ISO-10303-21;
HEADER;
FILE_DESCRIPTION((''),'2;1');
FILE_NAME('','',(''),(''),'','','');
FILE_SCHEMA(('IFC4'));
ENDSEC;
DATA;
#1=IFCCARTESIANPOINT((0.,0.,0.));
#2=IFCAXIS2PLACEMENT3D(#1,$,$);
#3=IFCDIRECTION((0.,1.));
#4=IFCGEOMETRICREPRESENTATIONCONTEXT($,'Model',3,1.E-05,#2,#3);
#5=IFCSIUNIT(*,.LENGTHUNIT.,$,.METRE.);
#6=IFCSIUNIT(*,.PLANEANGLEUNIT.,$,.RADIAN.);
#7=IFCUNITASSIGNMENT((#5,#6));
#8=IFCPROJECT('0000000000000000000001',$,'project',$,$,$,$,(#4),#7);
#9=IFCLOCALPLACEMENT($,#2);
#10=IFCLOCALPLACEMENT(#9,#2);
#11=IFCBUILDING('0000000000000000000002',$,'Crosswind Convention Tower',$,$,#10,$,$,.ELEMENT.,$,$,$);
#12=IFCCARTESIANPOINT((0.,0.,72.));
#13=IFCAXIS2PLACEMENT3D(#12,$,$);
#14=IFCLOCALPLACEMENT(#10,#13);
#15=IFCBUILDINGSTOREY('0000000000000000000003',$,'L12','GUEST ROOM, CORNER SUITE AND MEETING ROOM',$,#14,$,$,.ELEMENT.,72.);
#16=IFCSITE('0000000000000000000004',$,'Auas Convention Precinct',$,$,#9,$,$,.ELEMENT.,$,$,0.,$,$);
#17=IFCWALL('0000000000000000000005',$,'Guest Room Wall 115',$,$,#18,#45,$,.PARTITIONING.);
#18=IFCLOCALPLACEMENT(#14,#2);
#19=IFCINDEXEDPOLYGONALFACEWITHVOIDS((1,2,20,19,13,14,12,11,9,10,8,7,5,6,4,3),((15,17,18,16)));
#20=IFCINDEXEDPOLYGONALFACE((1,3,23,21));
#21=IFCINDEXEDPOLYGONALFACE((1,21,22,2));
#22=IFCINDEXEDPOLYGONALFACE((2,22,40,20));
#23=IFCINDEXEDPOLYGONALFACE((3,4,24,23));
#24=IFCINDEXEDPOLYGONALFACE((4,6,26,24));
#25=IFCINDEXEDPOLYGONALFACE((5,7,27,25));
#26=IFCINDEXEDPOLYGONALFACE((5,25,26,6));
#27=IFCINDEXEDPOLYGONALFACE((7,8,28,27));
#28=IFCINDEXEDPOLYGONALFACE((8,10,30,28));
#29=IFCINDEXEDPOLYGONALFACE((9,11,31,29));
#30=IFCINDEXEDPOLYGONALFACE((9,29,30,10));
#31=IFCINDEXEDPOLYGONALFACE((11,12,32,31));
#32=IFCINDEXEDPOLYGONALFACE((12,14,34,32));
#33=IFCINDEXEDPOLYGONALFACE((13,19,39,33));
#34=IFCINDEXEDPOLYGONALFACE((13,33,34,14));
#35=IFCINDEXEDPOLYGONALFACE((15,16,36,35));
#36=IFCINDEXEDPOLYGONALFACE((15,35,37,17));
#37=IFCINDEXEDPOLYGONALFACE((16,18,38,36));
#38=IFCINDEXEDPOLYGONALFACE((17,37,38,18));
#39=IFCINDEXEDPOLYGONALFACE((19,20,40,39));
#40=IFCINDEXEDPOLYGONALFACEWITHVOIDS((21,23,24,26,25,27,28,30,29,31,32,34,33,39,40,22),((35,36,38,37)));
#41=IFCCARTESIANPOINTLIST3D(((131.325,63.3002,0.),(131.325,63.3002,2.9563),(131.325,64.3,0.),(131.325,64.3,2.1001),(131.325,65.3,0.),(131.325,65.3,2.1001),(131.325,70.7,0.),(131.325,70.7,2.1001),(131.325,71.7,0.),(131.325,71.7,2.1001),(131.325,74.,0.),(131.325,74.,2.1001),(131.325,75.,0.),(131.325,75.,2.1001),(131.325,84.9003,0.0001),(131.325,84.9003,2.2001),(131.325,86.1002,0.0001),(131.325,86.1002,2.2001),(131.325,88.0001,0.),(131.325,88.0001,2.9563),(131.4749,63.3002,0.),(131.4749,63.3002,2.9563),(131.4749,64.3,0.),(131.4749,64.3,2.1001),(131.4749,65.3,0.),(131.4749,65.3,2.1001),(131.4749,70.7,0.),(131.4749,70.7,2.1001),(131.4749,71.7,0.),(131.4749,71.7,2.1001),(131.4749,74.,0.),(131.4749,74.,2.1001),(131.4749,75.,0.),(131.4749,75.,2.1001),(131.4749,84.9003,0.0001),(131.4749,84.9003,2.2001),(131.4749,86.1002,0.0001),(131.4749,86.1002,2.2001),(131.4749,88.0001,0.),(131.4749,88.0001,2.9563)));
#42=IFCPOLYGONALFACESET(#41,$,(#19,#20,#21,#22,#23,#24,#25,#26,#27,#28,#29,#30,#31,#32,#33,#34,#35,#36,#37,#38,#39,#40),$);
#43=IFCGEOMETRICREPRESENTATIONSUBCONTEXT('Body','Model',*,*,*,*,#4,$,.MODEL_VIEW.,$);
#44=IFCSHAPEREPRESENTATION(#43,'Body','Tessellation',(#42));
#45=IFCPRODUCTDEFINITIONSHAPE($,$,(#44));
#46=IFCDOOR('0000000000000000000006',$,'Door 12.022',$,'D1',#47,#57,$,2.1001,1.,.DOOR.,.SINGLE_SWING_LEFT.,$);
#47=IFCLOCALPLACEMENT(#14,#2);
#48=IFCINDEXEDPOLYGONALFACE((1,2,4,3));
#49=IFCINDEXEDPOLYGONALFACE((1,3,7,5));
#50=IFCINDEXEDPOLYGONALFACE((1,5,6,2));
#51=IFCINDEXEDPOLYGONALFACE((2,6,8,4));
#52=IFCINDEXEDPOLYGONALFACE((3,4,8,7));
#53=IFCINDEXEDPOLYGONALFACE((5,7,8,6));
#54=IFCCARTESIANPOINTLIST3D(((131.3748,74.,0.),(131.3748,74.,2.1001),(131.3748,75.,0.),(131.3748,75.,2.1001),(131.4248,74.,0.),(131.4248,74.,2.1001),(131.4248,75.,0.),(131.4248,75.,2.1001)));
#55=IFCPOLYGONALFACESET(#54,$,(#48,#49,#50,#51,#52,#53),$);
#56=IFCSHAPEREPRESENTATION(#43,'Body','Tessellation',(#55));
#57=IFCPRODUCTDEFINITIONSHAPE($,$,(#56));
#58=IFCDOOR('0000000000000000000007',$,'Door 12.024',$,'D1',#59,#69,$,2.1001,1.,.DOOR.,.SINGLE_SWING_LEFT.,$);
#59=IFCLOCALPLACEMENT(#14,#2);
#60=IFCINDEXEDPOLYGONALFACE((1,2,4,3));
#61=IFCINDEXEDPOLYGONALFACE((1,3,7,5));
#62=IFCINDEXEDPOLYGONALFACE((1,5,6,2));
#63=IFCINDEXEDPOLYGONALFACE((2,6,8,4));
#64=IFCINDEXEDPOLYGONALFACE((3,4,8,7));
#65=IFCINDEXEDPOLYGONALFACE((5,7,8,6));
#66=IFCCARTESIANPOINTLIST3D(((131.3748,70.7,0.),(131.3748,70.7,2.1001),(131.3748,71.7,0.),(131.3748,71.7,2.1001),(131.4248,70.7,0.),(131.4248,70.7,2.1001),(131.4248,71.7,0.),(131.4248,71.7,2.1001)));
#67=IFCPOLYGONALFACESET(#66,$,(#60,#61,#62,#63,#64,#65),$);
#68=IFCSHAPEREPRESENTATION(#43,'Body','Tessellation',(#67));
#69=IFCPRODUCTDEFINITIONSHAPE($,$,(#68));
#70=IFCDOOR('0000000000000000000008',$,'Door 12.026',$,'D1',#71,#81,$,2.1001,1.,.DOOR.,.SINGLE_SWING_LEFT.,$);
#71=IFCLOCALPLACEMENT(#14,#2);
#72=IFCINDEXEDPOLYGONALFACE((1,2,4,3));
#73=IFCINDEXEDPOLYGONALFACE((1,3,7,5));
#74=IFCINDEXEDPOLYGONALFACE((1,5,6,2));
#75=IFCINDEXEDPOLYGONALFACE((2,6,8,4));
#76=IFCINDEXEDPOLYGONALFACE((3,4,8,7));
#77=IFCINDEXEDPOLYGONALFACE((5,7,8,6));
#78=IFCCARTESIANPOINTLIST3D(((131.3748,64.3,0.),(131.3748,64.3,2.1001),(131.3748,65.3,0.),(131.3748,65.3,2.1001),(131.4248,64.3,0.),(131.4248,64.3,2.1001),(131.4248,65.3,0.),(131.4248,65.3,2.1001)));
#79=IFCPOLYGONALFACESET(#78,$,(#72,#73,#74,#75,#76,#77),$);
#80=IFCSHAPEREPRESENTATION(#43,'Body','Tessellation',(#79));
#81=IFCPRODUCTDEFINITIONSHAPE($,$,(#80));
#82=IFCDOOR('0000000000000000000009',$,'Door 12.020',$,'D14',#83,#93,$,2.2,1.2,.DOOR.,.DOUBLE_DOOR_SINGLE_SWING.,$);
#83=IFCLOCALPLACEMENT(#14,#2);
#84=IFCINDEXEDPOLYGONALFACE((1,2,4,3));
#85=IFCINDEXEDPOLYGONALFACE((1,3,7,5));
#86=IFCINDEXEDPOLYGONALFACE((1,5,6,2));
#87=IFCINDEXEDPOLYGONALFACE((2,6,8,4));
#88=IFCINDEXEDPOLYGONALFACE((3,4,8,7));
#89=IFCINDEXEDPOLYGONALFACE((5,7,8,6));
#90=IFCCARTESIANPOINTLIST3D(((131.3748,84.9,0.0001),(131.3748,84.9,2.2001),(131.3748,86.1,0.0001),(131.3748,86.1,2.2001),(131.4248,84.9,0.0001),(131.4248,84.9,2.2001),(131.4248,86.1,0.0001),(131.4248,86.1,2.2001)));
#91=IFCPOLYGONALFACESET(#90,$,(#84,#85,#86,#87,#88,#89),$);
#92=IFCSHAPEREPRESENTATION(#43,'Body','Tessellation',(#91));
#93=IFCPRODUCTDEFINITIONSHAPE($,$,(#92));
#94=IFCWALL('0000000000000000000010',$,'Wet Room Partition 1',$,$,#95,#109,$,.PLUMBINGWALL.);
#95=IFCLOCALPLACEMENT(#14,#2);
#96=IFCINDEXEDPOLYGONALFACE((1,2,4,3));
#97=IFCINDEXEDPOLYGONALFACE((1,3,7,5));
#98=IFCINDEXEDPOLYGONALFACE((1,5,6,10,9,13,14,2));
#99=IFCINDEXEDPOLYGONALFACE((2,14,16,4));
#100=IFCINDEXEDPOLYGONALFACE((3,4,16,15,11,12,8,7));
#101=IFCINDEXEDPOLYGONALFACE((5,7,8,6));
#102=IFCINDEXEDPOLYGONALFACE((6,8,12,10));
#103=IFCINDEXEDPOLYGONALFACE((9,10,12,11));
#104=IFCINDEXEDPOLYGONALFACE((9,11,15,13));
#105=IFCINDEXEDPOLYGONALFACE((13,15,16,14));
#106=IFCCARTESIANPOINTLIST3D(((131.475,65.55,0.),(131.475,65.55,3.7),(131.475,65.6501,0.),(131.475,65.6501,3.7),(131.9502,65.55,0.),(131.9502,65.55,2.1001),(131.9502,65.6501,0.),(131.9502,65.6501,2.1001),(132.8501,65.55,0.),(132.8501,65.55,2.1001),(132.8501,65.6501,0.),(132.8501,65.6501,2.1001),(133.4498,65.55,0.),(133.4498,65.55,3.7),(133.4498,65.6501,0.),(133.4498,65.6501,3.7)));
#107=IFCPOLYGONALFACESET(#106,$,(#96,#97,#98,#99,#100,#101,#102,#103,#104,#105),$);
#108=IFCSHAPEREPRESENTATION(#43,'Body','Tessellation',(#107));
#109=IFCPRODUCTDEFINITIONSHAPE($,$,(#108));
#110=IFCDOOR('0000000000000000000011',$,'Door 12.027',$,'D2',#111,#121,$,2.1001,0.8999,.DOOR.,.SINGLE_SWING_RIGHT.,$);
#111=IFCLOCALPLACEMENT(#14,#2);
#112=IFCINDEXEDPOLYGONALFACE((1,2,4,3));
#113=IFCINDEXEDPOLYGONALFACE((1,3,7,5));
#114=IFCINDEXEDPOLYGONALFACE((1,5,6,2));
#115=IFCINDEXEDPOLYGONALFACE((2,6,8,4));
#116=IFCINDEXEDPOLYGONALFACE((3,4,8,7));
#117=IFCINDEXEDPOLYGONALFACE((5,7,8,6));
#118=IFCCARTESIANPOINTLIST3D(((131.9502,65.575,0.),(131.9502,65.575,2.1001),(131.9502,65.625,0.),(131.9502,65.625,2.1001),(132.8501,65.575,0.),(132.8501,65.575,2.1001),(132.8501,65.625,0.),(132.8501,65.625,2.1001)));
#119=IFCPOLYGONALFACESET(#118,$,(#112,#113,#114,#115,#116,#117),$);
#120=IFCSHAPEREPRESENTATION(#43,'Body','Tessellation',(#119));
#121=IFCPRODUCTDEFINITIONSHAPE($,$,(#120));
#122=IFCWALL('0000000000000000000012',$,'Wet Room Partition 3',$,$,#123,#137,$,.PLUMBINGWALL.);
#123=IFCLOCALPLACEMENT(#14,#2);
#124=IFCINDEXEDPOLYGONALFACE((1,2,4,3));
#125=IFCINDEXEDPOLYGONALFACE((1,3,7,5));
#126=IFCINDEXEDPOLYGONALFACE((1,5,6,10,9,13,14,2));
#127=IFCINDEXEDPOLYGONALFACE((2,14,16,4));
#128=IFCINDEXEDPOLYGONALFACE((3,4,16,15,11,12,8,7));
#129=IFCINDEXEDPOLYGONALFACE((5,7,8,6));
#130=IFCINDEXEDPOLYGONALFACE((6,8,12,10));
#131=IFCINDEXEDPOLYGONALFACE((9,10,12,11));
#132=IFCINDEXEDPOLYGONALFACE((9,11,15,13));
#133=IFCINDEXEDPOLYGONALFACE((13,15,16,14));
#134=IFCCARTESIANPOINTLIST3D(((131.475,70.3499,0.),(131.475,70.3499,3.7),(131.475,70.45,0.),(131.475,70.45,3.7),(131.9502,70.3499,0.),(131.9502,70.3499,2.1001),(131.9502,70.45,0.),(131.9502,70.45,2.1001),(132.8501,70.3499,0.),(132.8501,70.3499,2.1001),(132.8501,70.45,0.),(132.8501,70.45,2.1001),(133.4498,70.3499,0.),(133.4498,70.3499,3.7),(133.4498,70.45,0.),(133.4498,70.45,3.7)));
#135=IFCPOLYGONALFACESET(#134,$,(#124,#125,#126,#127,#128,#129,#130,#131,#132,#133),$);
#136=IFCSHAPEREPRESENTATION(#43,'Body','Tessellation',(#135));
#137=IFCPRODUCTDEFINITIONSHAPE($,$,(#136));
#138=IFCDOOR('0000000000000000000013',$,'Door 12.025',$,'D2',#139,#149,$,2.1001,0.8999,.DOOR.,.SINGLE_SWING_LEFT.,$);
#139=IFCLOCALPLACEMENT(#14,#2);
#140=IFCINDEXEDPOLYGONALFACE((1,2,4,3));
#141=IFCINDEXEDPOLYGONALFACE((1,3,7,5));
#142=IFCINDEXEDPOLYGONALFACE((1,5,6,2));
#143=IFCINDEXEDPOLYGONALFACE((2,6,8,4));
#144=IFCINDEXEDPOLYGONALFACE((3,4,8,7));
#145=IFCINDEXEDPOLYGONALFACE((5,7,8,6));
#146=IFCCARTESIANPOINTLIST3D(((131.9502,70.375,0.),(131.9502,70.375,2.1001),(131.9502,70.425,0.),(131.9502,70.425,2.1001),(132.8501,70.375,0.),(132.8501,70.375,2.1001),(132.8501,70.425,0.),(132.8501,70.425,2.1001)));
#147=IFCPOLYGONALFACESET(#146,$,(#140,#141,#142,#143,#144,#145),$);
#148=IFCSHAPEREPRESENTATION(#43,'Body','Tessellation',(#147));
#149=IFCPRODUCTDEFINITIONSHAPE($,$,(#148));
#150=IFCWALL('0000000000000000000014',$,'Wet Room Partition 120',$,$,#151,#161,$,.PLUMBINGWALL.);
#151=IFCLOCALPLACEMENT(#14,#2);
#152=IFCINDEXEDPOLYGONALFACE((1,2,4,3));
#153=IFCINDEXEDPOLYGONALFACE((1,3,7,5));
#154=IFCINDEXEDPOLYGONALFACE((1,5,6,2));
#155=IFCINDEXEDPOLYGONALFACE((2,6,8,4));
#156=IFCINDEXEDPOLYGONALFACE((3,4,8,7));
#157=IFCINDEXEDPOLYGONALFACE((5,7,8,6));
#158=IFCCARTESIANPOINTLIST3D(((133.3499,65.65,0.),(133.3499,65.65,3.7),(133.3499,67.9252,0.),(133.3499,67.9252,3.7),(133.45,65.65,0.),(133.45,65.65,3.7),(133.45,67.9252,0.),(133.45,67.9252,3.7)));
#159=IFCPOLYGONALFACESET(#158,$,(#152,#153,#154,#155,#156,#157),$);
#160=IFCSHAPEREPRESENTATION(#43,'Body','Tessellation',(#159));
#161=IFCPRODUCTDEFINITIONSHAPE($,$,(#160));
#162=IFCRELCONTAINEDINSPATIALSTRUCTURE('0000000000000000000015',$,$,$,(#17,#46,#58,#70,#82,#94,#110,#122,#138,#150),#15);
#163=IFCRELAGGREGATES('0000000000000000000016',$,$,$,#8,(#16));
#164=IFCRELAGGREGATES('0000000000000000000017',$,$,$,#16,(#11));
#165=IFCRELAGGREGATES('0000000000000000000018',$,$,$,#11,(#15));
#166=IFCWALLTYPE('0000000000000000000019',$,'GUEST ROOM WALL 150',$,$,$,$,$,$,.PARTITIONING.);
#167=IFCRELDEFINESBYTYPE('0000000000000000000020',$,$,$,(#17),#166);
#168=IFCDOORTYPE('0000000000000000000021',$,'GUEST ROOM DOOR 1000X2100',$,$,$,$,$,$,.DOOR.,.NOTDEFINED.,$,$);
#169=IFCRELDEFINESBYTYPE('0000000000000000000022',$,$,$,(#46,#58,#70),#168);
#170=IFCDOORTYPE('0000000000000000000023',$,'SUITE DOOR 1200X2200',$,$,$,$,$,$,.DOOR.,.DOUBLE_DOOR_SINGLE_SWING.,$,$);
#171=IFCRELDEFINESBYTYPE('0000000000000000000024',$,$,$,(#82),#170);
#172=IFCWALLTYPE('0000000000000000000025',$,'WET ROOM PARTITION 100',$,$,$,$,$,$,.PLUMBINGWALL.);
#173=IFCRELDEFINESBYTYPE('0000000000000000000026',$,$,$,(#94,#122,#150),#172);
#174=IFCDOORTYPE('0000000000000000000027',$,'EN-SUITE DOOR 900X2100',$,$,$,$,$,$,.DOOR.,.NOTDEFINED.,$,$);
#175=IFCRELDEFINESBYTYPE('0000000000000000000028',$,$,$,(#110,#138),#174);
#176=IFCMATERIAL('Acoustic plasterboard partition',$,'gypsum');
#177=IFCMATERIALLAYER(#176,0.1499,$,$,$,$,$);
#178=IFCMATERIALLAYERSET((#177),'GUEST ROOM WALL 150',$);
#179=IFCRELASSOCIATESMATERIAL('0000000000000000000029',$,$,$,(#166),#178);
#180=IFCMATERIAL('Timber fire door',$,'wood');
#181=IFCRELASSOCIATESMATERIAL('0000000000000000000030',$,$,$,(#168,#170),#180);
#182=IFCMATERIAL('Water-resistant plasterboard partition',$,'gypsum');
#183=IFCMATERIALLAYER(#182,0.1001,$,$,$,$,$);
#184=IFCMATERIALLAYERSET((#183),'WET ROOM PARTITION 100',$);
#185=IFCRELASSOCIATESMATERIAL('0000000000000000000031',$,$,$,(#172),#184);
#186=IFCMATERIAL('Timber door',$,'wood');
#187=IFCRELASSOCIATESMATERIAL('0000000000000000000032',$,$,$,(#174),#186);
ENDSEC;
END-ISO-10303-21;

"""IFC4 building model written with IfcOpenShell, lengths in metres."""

from ifc_helpers import new_model, si_unit, direction, frame, frame_2d, origin, place, context, subcontext, project, spatial, rectangle, extrude, material, layer, layer_set, type_object, element, fill, save


model = new_model("IFC4")

# Units and contexts
model_context = context("Model", 3, precision=1e-05, world=origin(), true_north=direction((0.0, 1.0)))
body_context = subcontext(model_context, "Body", "Model", "MODEL_VIEW")
ifc_project = project(units=[si_unit("LENGTHUNIT", "METRE"), si_unit("PLANEANGLEUNIT", "RADIAN")], contexts=[model_context])

# Site, building, storey
site_placement = place(None, origin())
site = spatial("IfcSite", under=ifc_project, at=site_placement, Name="Auas Convention Precinct", CompositionType="ELEMENT", RefElevation=0.0)
building_placement = place(site_placement, origin())
building = spatial("IfcBuilding", under=site, at=building_placement, Name="Crosswind Convention Tower", CompositionType="ELEMENT")
storey_placement = place(building_placement, frame((0.0, 0.0, 72.0)))
storey = spatial("IfcBuildingStorey", under=building, at=storey_placement, Name="L12", Description="GUEST ROOM, CORNER SUITE AND MEETING ROOM", CompositionType="ELEMENT", Elevation=72.0)

# Shared definitions
ifc_material_1 = material(Name="Acoustic plasterboard partition", Category="gypsum")
ifc_layer_1 = layer(ifc_material_1, 0.1499)
ifc_layer_set_1 = layer_set([ifc_layer_1], Name="GUEST ROOM WALL 150")
wall_type_1 = type_object("IfcWallType", Name="GUEST ROOM WALL 150", PredefinedType="PARTITIONING", material=ifc_layer_set_1)

# Wall, openings, doors
wall_1_placement = place(storey_placement, frame((131.3999, 63.3, 0.0), z_axis=(0.0, 0.0, 1.0), x_axis=(0.0, 1.0, 0.0)))
wall_1 = element("IfcWall", 1, at=wall_1_placement, inside=storey, type_object=wall_type_1, Name="Guest Room Wall 115", PredefinedType="PARTITIONING", context=body_context, shape_type="SweptSolid", body=[
    extrude(rectangle(XDim=24.7, YDim=0.1499, at=frame_2d((12.3501, 0.0))), origin(), (0.0, 0.0, 1.0), 2.9563),
])
opening_1_placement = place(wall_1_placement, frame((21.6001, 0.0, 0.0)))
opening_1 = element("IfcOpeningElement", 2, at=opening_1_placement, cuts=wall_1, PredefinedType="OPENING", context=body_context, shape_type="SweptSolid", body=[
    extrude(rectangle(XDim=1.2, YDim=2.2, at=frame_2d((0.6001, 1.1001))), frame((0.0, 0.085, 0.0), z_axis=(0.0, -1.0, 0.0), x_axis=(1.0, 0.0, 0.0)), (0.0, 0.0, 1.0), 0.1699),
])
opening_2_placement = place(wall_1_placement, frame((10.7, 0.0, 0.0)))
opening_2 = element("IfcOpeningElement", 3, at=opening_2_placement, cuts=wall_1, PredefinedType="OPENING", context=body_context, shape_type="SweptSolid", body=[
    extrude(rectangle(XDim=1.0, YDim=2.1001, at=frame_2d((0.5, 1.05))), frame((0.0, 0.085, 0.0), z_axis=(0.0, -1.0, 0.0), x_axis=(1.0, 0.0, 0.0)), (0.0, 0.0, 1.0), 0.1699),
])
opening_3_placement = place(wall_1_placement, frame((7.3999, 0.0, 0.0)))
opening_3 = element("IfcOpeningElement", 4, at=opening_3_placement, cuts=wall_1, PredefinedType="OPENING", context=body_context, shape_type="SweptSolid", body=[
    extrude(rectangle(XDim=1.0, YDim=2.1001, at=frame_2d((0.5, 1.05))), frame((0.0, 0.085, 0.0), z_axis=(0.0, -1.0, 0.0), x_axis=(1.0, 0.0, 0.0)), (0.0, 0.0, 1.0), 0.1699),
])
opening_4_placement = place(wall_1_placement, frame((1.0, 0.0, 0.0)))
opening_4 = element("IfcOpeningElement", 5, at=opening_4_placement, cuts=wall_1, PredefinedType="OPENING", context=body_context, shape_type="SweptSolid", body=[
    extrude(rectangle(XDim=1.0, YDim=2.1001, at=frame_2d((0.5, 1.05))), frame((0.0, 0.085, 0.0), z_axis=(0.0, -1.0, 0.0), x_axis=(1.0, 0.0, 0.0)), (0.0, 0.0, 1.0), 0.1699),
])
ifc_material_2 = material(Name="Timber fire door", Category="wood")
door_type_1 = type_object("IfcDoorType", Name="GUEST ROOM DOOR 1000X2100", OperationType="NOTDEFINED", PredefinedType="DOOR", material=ifc_material_2)
door_1_placement = place(opening_2_placement, frame((1.0, 0.0, 0.0), z_axis=(0.0, 0.0, 1.0), x_axis=(-1.0, 0.0, 0.0)))
door_1 = element("IfcDoor", 6, at=door_1_placement, inside=storey, type_object=door_type_1, Name="Door 12.022", ObjectType="D1", OperationType="SINGLE_SWING_LEFT", OverallHeight=2.1001, OverallWidth=1.0, PredefinedType="DOOR", context=body_context, shape_type="SweptSolid", body=[
    extrude(rectangle(XDim=1.0, YDim=2.1001, at=frame_2d((0.5, 1.05))), frame((0.0, 0.0249, 0.0), z_axis=(0.0, -1.0, 0.0), x_axis=(1.0, 0.0, 0.0)), (0.0, 0.0, 1.0), 0.05),
])
fill(opening_2, door_1)
door_2_placement = place(opening_3_placement, frame((1.0, 0.0, 0.0), z_axis=(0.0, 0.0, 1.0), x_axis=(-1.0, 0.0, 0.0)))
door_2 = element("IfcDoor", 7, at=door_2_placement, inside=storey, type_object=door_type_1, Name="Door 12.024", ObjectType="D1", OperationType="SINGLE_SWING_LEFT", OverallHeight=2.1001, OverallWidth=1.0, PredefinedType="DOOR", context=body_context, shape_type="SweptSolid", body=[
    extrude(rectangle(XDim=1.0, YDim=2.1001, at=frame_2d((0.5, 1.05))), frame((0.0, 0.0249, 0.0), z_axis=(0.0, -1.0, 0.0), x_axis=(1.0, 0.0, 0.0)), (0.0, 0.0, 1.0), 0.05),
])
fill(opening_3, door_2)
door_3_placement = place(opening_4_placement, frame((1.0, 0.0, 0.0), z_axis=(0.0, 0.0, 1.0), x_axis=(-1.0, 0.0, 0.0)))
door_3 = element("IfcDoor", 8, at=door_3_placement, inside=storey, type_object=door_type_1, Name="Door 12.026", ObjectType="D1", OperationType="SINGLE_SWING_LEFT", OverallHeight=2.1001, OverallWidth=1.0, PredefinedType="DOOR", context=body_context, shape_type="SweptSolid", body=[
    extrude(rectangle(XDim=1.0, YDim=2.1001, at=frame_2d((0.5, 1.05))), frame((0.0, 0.0249, 0.0), z_axis=(0.0, -1.0, 0.0), x_axis=(1.0, 0.0, 0.0)), (0.0, 0.0, 1.0), 0.05),
])
fill(opening_4, door_3)
door_type_2 = type_object("IfcDoorType", Name="SUITE DOOR 1200X2200", OperationType="DOUBLE_DOOR_SINGLE_SWING", PredefinedType="DOOR", material=ifc_material_2)
door_4_placement = place(opening_1_placement, frame((1.2, 0.0, 0.0), z_axis=(0.0, 0.0, 1.0), x_axis=(-1.0, 0.0, 0.0)))
door_4 = element("IfcDoor", 9, at=door_4_placement, inside=storey, type_object=door_type_2, Name="Door 12.020", ObjectType="D14", OperationType="DOUBLE_DOOR_SINGLE_SWING", OverallHeight=2.2, OverallWidth=1.2, PredefinedType="DOOR", context=body_context, shape_type="SweptSolid", body=[
    extrude(rectangle(XDim=1.2, YDim=2.2, at=frame_2d((0.6001, 1.1001))), frame((0.0, 0.0249, 0.0), z_axis=(0.0, -1.0, 0.0), x_axis=(1.0, 0.0, 0.0)), (0.0, 0.0, 1.0), 0.05),
])
fill(opening_1, door_4)

# Walls, openings, doors
ifc_material_3 = material(Name="Water-resistant plasterboard partition", Category="gypsum")
ifc_layer_2 = layer(ifc_material_3, 0.1001)
ifc_layer_set_2 = layer_set([ifc_layer_2], Name="WET ROOM PARTITION 100")
wall_type_2 = type_object("IfcWallType", Name="WET ROOM PARTITION 100", PredefinedType="PLUMBINGWALL", material=ifc_layer_set_2)
wall_2_placement = place(storey_placement, frame((131.4751, 65.6001, 0.0), z_axis=(0.0, 0.0, 1.0), x_axis=(1.0, 0.0, 0.0)))
wall_2 = element("IfcWall", 10, at=wall_2_placement, inside=storey, type_object=wall_type_2, Name="Wet Room Partition 1", PredefinedType="PLUMBINGWALL", context=body_context, shape_type="SweptSolid", body=[
    extrude(rectangle(XDim=1.9749, YDim=0.1001, at=frame_2d((0.9873, 0.0))), origin(), (0.0, 0.0, 1.0), 3.7),
])
opening_5_placement = place(wall_2_placement, frame((0.4751, 0.0, 0.0)))
opening_5 = element("IfcOpeningElement", 11, at=opening_5_placement, cuts=wall_2, PredefinedType="OPENING", context=body_context, shape_type="SweptSolid", body=[
    extrude(rectangle(XDim=0.8999, YDim=2.1001, at=frame_2d((0.45, 1.05))), frame((0.0, 0.0601, 0.0), z_axis=(0.0, -1.0, 0.0), x_axis=(1.0, 0.0, 0.0)), (0.0, 0.0, 1.0), 0.1201),
])
ifc_material_4 = material(Name="Timber door", Category="wood")
door_type_3 = type_object("IfcDoorType", Name="EN-SUITE DOOR 900X2100", OperationType="NOTDEFINED", PredefinedType="DOOR", material=ifc_material_4)
door_5_placement = place(opening_5_placement, origin())
door_5 = element("IfcDoor", 12, at=door_5_placement, inside=storey, type_object=door_type_3, Name="Door 12.027", ObjectType="D2", OperationType="SINGLE_SWING_RIGHT", OverallHeight=2.1001, OverallWidth=0.8999, PredefinedType="DOOR", context=body_context, shape_type="SweptSolid", body=[
    extrude(rectangle(XDim=0.8999, YDim=2.1001, at=frame_2d((0.45, 1.05))), frame((0.0, 0.0249, 0.0), z_axis=(0.0, -1.0, 0.0), x_axis=(1.0, 0.0, 0.0)), (0.0, 0.0, 1.0), 0.05),
])
fill(opening_5, door_5)
wall_3_placement = place(storey_placement, frame((131.4751, 70.3999, 0.0), z_axis=(0.0, 0.0, 1.0), x_axis=(1.0, 0.0, 0.0)))
wall_3 = element("IfcWall", 13, at=wall_3_placement, inside=storey, type_object=wall_type_2, Name="Wet Room Partition 3", PredefinedType="PLUMBINGWALL", context=body_context, shape_type="SweptSolid", body=[
    extrude(rectangle(XDim=1.9749, YDim=0.1001, at=frame_2d((0.9873, 0.0))), origin(), (0.0, 0.0, 1.0), 3.7),
])
opening_6_placement = place(wall_3_placement, frame((0.4751, 0.0, 0.0)))
opening_6 = element("IfcOpeningElement", 14, at=opening_6_placement, cuts=wall_3, PredefinedType="OPENING", context=body_context, shape_type="SweptSolid", body=[
    extrude(rectangle(XDim=0.8999, YDim=2.1001, at=frame_2d((0.45, 1.05))), frame((0.0, 0.0601, 0.0), z_axis=(0.0, -1.0, 0.0), x_axis=(1.0, 0.0, 0.0)), (0.0, 0.0, 1.0), 0.1201),
])
door_6_placement = place(opening_6_placement, frame((0.8999, 0.0, 0.0), z_axis=(0.0, 0.0, 1.0), x_axis=(-1.0, 0.0, 0.0)))
door_6 = element("IfcDoor", 15, at=door_6_placement, inside=storey, type_object=door_type_3, Name="Door 12.025", ObjectType="D2", OperationType="SINGLE_SWING_LEFT", OverallHeight=2.1001, OverallWidth=0.8999, PredefinedType="DOOR", context=body_context, shape_type="SweptSolid", body=[
    extrude(rectangle(XDim=0.8999, YDim=2.1001, at=frame_2d((0.45, 1.05))), frame((0.0, 0.0249, 0.0), z_axis=(0.0, -1.0, 0.0), x_axis=(1.0, 0.0, 0.0)), (0.0, 0.0, 1.0), 0.05),
])
fill(opening_6, door_6)

# Wall
for number, where, z_axis, x_axis, name in (
    (16, (133.3999, 65.6499, 0.0), (0.0, 0.0, 1.0), (0.0, 1.0, 0.0), "Wet Room Partition 120"),
):
    element("IfcWall", number, at=place(storey_placement, frame(where, z_axis=z_axis, x_axis=x_axis)), inside=storey, type_object=wall_type_2, Name=name, PredefinedType="PLUMBINGWALL", context=body_context, shape_type="SweptSolid", body=[
        extrude(rectangle(XDim=2.2751, YDim=0.1001, at=frame_2d((1.1377, 0.0))), origin(), (0.0, 0.0, 1.0), 3.7),
    ])

save(model, "model.ifc")
